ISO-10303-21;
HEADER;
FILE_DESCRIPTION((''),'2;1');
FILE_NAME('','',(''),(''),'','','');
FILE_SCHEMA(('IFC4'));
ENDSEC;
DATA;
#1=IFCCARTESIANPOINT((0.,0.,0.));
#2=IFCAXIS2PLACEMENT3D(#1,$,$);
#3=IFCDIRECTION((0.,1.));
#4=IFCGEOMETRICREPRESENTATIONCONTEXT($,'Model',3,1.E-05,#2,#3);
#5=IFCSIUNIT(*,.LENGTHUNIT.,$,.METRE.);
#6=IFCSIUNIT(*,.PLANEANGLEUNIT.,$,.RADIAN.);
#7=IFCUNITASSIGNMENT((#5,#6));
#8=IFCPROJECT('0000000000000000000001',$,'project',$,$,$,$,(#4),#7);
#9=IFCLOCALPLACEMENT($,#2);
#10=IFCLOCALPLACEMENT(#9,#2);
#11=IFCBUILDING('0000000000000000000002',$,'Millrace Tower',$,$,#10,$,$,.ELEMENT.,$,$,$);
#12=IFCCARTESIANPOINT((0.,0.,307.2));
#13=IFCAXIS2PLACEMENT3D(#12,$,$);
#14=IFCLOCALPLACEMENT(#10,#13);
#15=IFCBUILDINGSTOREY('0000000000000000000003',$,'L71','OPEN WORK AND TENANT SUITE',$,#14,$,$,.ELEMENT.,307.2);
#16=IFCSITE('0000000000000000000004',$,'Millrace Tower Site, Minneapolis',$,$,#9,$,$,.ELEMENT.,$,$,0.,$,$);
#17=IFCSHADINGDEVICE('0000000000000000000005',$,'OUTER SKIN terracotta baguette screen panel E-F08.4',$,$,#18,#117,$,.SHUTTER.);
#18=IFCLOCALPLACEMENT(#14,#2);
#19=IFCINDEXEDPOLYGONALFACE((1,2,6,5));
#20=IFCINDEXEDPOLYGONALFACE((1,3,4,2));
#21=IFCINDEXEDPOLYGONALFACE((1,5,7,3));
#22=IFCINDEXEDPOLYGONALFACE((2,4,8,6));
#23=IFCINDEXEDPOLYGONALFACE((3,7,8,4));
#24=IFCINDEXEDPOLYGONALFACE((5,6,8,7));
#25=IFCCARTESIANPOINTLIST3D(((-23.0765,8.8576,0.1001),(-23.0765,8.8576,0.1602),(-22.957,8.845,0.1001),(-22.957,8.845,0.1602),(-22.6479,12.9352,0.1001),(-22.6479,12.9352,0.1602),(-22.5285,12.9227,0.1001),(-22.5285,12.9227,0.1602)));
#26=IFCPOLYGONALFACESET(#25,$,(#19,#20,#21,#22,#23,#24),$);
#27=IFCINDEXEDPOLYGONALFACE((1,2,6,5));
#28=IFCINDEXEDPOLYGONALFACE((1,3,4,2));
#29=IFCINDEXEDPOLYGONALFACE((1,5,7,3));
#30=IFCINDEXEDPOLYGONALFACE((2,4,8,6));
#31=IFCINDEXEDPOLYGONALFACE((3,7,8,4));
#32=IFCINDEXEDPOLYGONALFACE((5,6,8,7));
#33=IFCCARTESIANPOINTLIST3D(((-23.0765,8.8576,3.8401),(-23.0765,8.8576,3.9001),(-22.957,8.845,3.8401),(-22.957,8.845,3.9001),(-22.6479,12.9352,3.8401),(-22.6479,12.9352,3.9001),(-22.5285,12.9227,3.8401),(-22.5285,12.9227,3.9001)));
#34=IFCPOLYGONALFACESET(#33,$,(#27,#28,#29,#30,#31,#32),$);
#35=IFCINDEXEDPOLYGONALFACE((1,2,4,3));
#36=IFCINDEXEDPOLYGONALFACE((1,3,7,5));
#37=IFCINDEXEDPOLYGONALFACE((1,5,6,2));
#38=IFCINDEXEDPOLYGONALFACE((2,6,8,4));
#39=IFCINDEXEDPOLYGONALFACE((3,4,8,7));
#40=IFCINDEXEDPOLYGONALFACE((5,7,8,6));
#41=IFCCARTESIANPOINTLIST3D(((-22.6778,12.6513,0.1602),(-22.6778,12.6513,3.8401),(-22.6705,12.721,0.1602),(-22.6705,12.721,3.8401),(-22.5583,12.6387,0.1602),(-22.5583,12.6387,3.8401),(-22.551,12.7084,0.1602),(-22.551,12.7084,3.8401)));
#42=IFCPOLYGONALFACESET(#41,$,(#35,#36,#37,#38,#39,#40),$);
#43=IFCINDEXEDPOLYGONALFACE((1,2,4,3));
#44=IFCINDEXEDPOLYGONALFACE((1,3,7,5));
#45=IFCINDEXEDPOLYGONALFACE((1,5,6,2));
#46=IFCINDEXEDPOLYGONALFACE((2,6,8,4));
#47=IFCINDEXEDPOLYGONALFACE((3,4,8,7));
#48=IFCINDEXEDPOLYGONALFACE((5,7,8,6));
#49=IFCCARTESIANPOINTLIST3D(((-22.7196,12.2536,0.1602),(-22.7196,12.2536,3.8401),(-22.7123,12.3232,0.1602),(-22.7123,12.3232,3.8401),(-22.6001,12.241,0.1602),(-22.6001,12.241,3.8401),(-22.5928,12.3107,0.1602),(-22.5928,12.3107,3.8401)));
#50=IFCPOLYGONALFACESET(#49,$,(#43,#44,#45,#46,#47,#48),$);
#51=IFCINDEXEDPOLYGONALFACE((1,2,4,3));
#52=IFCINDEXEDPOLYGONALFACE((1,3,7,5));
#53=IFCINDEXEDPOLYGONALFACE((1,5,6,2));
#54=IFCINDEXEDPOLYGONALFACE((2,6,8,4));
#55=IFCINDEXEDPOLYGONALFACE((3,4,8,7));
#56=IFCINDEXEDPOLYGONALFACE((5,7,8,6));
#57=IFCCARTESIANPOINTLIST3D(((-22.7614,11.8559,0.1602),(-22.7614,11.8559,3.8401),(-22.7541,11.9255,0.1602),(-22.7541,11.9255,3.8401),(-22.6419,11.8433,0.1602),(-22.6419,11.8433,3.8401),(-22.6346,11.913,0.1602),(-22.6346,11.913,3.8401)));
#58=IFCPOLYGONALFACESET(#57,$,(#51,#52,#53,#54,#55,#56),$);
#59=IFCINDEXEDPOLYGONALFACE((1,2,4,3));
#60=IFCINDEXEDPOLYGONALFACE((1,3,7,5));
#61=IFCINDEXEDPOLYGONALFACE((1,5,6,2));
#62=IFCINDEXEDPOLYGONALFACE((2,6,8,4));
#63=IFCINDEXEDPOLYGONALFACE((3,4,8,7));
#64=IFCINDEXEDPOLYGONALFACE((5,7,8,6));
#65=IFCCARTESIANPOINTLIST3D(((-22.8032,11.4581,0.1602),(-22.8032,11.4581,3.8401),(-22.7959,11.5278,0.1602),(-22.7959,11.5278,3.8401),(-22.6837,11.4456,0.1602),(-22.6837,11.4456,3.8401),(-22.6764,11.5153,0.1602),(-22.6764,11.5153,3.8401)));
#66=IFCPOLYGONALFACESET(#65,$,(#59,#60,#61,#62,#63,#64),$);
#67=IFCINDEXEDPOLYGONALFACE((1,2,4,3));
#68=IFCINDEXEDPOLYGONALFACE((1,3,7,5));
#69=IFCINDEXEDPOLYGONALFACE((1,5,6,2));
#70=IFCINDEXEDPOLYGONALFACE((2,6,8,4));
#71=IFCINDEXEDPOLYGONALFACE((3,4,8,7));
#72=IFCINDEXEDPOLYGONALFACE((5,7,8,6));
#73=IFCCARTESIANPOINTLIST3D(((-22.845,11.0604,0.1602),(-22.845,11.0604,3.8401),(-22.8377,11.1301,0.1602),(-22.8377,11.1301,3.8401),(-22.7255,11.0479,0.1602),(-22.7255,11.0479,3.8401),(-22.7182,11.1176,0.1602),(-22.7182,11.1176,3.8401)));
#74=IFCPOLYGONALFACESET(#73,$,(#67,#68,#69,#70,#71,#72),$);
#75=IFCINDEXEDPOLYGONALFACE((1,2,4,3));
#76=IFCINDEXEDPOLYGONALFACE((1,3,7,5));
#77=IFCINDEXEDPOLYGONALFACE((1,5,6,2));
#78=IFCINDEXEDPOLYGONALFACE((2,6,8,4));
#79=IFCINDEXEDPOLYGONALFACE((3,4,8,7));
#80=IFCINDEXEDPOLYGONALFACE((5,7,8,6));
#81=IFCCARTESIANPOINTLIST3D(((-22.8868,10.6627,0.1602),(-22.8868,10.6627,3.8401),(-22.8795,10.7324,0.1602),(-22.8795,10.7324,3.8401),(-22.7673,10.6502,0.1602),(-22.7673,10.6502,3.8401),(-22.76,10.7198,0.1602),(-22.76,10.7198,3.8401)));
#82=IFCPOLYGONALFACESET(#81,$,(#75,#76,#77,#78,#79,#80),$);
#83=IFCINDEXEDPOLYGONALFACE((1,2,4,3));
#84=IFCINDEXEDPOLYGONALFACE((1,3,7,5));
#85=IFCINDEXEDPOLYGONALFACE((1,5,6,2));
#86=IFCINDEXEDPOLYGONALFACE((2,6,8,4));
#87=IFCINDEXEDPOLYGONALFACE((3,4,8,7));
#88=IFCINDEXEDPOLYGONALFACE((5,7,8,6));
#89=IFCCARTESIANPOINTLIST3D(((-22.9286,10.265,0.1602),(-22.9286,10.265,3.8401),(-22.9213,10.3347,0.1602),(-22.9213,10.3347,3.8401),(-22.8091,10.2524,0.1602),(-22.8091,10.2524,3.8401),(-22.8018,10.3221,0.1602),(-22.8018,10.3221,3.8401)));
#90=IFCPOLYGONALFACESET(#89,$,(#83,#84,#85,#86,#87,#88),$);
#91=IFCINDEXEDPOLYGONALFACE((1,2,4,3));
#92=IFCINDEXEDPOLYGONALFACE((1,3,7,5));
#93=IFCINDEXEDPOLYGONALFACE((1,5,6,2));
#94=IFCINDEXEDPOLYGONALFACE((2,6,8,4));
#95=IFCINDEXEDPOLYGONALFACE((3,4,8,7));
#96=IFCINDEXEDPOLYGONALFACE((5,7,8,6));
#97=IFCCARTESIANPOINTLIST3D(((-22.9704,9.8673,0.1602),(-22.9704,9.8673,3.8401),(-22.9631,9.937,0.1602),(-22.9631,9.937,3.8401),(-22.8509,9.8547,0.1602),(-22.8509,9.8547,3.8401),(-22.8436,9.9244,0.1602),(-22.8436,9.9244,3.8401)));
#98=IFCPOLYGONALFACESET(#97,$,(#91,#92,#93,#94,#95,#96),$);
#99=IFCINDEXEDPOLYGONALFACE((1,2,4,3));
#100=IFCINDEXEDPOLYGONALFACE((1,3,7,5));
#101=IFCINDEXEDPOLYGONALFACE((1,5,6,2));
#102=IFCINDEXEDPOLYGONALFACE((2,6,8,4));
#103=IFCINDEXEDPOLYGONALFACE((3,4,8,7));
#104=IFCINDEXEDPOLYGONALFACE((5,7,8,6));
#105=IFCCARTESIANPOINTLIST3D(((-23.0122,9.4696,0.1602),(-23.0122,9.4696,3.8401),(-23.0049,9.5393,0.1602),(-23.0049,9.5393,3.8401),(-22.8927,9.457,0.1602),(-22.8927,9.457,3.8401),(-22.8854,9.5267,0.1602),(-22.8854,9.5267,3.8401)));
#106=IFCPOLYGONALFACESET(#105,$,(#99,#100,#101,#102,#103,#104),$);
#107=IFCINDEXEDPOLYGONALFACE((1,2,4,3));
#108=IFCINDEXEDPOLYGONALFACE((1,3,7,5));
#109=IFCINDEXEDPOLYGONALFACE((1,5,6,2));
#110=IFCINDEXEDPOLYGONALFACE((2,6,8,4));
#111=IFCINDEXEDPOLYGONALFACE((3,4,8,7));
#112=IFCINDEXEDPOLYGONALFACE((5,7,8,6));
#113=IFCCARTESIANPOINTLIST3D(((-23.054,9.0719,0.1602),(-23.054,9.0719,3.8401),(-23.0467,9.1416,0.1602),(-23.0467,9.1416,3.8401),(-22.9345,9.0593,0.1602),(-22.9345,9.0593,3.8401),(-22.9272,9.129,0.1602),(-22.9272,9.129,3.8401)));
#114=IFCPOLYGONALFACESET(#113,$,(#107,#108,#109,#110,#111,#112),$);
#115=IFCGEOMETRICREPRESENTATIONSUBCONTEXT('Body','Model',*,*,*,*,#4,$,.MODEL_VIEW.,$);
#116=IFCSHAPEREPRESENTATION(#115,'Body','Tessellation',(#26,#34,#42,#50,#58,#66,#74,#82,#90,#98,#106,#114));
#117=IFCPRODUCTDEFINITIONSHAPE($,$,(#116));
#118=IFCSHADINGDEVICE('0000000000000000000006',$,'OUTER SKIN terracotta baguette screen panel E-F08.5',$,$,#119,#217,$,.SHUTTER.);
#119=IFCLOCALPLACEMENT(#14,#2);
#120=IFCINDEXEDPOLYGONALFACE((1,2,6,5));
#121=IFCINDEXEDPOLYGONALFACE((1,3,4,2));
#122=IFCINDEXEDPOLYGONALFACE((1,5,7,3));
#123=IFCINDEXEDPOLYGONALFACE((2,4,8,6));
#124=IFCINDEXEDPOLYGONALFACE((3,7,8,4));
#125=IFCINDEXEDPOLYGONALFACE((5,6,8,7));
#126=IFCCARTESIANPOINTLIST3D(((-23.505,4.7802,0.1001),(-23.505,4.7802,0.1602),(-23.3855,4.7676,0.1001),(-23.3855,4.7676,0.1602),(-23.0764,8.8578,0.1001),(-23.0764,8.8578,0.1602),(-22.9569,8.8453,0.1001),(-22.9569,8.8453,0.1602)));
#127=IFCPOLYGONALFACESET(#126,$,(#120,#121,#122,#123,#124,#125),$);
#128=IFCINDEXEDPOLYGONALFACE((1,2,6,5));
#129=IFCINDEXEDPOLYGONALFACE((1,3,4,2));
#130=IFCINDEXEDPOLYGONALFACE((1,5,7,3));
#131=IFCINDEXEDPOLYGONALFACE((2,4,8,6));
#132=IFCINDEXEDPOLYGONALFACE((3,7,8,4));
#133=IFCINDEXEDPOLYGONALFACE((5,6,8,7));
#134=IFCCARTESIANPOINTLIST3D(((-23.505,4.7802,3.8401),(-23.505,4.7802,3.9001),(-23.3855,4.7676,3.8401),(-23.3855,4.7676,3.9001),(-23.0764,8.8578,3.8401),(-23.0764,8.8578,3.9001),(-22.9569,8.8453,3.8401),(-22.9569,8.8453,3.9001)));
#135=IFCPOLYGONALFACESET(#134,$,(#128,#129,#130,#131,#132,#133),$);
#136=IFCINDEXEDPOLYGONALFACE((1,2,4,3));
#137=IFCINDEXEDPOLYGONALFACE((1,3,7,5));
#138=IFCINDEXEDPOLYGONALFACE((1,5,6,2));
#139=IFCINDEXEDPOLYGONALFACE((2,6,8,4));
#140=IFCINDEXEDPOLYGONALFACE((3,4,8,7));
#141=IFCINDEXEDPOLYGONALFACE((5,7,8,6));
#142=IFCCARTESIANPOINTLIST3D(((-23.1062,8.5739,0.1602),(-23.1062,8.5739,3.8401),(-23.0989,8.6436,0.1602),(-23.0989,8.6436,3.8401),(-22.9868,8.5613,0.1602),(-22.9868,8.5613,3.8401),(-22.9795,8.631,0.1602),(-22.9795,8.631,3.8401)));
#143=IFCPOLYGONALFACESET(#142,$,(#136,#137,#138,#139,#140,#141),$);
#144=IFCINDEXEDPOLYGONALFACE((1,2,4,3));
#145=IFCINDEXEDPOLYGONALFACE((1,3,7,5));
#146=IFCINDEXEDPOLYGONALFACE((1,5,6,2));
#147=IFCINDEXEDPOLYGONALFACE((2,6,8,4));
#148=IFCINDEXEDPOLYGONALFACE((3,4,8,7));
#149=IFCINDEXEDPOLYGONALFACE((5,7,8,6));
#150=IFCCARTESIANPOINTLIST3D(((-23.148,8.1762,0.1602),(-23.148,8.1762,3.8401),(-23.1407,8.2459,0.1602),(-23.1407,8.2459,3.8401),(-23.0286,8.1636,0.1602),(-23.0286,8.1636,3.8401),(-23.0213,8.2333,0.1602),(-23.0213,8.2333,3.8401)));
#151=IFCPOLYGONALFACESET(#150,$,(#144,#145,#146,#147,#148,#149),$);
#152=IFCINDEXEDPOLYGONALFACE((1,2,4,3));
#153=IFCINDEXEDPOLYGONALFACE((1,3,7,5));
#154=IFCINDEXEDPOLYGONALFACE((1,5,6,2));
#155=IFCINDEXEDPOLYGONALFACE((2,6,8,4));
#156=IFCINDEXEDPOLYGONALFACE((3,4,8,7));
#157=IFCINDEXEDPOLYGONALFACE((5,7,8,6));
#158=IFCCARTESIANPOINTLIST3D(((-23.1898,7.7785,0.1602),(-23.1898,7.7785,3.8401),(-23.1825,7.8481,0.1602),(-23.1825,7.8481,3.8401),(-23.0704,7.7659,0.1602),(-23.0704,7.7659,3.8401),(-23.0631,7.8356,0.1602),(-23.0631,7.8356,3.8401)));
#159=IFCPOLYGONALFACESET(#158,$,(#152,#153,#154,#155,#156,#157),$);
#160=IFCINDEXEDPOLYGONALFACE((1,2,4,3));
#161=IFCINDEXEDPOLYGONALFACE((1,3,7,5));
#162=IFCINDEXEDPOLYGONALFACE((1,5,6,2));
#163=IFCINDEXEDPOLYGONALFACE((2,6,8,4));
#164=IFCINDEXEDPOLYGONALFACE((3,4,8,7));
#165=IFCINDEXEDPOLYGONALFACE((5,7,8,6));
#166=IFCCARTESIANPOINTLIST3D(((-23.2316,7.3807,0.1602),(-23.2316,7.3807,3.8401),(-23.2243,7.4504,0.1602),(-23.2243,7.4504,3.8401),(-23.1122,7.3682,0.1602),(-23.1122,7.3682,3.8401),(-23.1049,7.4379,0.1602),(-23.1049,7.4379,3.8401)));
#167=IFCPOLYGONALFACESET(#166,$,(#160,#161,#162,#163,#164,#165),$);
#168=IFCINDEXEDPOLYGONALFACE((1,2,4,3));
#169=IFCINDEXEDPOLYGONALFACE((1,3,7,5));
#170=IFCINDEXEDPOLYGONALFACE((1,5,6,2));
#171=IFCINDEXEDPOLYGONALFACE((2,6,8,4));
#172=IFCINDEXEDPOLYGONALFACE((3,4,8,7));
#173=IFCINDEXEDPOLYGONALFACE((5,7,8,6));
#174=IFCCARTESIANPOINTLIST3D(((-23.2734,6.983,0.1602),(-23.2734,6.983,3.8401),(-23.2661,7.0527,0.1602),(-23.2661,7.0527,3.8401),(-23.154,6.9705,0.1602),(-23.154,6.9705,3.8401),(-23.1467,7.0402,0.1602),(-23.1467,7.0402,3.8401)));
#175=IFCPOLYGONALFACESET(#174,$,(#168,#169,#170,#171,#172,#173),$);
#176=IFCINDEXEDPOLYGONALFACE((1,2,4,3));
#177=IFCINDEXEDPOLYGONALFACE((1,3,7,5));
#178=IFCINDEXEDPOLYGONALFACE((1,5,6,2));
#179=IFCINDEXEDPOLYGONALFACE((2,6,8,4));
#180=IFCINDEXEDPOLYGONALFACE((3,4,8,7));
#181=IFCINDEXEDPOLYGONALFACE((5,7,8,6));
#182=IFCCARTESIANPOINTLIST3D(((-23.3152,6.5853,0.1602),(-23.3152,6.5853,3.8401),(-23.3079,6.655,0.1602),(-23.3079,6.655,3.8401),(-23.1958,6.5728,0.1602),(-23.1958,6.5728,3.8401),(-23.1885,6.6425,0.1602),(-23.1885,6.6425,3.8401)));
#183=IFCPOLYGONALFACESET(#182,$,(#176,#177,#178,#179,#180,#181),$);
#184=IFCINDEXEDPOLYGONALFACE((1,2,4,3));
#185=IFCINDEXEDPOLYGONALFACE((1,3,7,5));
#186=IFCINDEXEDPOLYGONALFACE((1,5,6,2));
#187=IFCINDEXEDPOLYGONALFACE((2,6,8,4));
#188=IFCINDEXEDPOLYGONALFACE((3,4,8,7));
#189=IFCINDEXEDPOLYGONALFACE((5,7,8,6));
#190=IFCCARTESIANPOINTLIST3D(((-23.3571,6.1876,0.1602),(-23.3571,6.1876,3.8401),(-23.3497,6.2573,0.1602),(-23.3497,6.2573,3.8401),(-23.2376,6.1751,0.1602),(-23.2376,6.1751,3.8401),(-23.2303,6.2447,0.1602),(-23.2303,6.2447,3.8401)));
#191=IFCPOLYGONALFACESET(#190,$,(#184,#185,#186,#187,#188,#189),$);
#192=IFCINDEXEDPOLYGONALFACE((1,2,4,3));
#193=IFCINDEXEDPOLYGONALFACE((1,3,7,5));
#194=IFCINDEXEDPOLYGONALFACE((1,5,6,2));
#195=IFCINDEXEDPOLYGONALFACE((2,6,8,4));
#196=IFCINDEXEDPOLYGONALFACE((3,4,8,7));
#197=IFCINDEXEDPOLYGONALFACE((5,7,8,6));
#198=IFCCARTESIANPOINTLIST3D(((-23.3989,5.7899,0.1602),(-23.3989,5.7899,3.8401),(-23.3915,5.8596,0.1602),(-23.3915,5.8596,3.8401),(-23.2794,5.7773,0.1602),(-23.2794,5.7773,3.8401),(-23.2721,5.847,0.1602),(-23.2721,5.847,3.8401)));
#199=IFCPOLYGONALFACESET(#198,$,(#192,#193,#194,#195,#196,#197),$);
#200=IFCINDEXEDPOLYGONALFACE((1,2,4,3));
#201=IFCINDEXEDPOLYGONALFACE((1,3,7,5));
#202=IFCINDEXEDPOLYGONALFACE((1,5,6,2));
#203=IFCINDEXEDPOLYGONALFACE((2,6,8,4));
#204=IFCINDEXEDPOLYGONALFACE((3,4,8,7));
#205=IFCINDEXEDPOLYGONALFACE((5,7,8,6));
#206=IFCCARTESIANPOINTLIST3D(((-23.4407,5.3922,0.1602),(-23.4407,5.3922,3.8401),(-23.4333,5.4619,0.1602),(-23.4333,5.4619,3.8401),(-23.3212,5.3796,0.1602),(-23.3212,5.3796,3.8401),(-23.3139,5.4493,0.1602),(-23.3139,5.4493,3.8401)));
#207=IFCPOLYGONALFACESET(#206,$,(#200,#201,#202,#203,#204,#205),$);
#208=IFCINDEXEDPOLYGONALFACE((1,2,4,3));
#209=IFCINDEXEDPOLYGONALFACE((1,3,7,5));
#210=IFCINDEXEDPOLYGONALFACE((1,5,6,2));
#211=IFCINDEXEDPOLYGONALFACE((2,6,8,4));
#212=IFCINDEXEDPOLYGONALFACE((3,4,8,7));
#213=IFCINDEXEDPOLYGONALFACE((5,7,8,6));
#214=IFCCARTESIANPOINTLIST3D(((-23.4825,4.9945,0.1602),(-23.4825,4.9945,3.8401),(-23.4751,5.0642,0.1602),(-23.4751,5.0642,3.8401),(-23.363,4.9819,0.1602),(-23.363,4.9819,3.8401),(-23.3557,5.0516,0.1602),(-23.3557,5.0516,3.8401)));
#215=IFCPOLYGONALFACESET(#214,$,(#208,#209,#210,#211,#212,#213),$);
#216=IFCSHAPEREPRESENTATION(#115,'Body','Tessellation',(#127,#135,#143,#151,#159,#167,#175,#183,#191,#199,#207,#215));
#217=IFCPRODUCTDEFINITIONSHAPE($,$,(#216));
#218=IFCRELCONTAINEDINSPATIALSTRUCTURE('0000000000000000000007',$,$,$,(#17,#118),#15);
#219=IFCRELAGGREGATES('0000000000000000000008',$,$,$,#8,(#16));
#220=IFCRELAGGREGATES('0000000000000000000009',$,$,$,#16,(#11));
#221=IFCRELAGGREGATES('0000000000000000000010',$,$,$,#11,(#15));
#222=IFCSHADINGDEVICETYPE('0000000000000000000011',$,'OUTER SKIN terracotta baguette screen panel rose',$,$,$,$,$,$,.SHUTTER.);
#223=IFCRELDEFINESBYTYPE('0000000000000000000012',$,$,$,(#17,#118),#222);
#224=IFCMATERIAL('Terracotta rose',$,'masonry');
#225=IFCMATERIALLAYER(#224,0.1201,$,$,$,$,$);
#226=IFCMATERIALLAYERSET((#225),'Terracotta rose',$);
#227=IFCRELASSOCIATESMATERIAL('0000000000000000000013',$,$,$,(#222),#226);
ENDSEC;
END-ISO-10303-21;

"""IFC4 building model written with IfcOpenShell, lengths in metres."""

from ifc_helpers import new_model, entity, si_unit, direction, frame, frame_2d, origin, place, context, subcontext, project, spatial, rectangle, extrude, source, transform, mapped, material, layer, layer_set, type_object, element, save


model = new_model("IFC4")

# Units and contexts
model_context = context("Model", 3, precision=1e-05, world=origin(), true_north=direction((0.0, 1.0)))
body_context = subcontext(model_context, "Body", "Model", "MODEL_VIEW")
ifc_project = project(units=[si_unit("LENGTHUNIT", "METRE"), si_unit("PLANEANGLEUNIT", "RADIAN")], contexts=[model_context])

# Site, building, storey
site_placement = place(None, origin())
site = spatial("IfcSite", under=ifc_project, at=site_placement, Name="Millrace Tower Site, Minneapolis", CompositionType="ELEMENT", RefElevation=0.0)
building_placement = place(site_placement, origin())
building = spatial("IfcBuilding", under=site, at=building_placement, Name="Millrace Tower", CompositionType="ELEMENT")
storey_placement = place(building_placement, frame((0.0, 0.0, 307.2)))
storey = spatial("IfcBuildingStorey", under=building, at=storey_placement, Name="L71", Description="OPEN WORK AND TENANT SUITE", CompositionType="ELEMENT", Elevation=307.2)

# Shading devices
ifc_material_1 = material(Name="Terracotta rose", Category="masonry")
ifc_layer_1 = layer(ifc_material_1, 0.1201)
ifc_layer_set_1 = layer_set([ifc_layer_1], Name="Terracotta rose")
shading_device_type = type_object("IfcShadingDeviceType", Name="OUTER SKIN terracotta baguette screen panel rose", PredefinedType="SHUTTER", material=ifc_layer_set_1)
cartesian_point = entity("IfcCartesianPoint", [-2.05, 0.0601])
shared_polyline = entity("IfcPolyline", [cartesian_point, entity("IfcCartesianPoint", [2.05, 0.0601]), entity("IfcCartesianPoint", [2.05, -0.0601]), entity("IfcCartesianPoint", [-2.05, -0.0601]), cartesian_point])
shared_shape = source(origin(), body_context, "Body", "SweptSolid", [
    entity("IfcExtrudedAreaSolid", entity("IfcArbitraryClosedProfileDef", "AREA", None, shared_polyline), entity("IfcAxis2Placement3D", entity("IfcCartesianPoint", [0.0, 0.0, 0.0])), entity("IfcDirection", [0.0, 0.0, 1.0]), 0.0601),
    entity("IfcExtrudedAreaSolid", entity("IfcArbitraryClosedProfileDef", "AREA", None, shared_polyline), entity("IfcAxis2Placement3D", entity("IfcCartesianPoint", [0.0, 0.0, 3.74])), entity("IfcDirection", [0.0, 0.0, 1.0]), 0.0601),
    extrude(rectangle(XDim=0.0701, YDim=0.1201, at=frame_2d((-1.7996, 0.0))), frame((0.0, 0.0, 0.0601)), (0.0, 0.0, 1.0), 3.6799),
    extrude(rectangle(XDim=0.0701, YDim=0.1201, at=frame_2d((-1.3997, 0.0))), frame((0.0, 0.0, 0.0601)), (0.0, 0.0, 1.0), 3.6799),
    extrude(rectangle(XDim=0.0701, YDim=0.1201, at=frame_2d((-0.9998, 0.0))), frame((0.0, 0.0, 0.0601)), (0.0, 0.0, 1.0), 3.6799),
    extrude(rectangle(XDim=0.0701, YDim=0.1201, at=frame_2d((-0.5999, 0.0))), frame((0.0, 0.0, 0.0601)), (0.0, 0.0, 1.0), 3.6799),
    extrude(rectangle(XDim=0.0701, YDim=0.1201, at=frame_2d((-0.2, 0.0))), frame((0.0, 0.0, 0.0601)), (0.0, 0.0, 1.0), 3.6799),
    extrude(rectangle(XDim=0.0701, YDim=0.1201, at=frame_2d((0.2, 0.0))), frame((0.0, 0.0, 0.0601)), (0.0, 0.0, 1.0), 3.6799),
    extrude(rectangle(XDim=0.0701, YDim=0.1201, at=frame_2d((0.5999, 0.0))), frame((0.0, 0.0, 0.0601)), (0.0, 0.0, 1.0), 3.6799),
    extrude(rectangle(XDim=0.0701, YDim=0.1201, at=frame_2d((0.9998, 0.0))), frame((0.0, 0.0, 0.0601)), (0.0, 0.0, 1.0), 3.6799),
    extrude(rectangle(XDim=0.0701, YDim=0.1201, at=frame_2d((1.3997, 0.0))), frame((0.0, 0.0, 0.0601)), (0.0, 0.0, 1.0), 3.6799),
    extrude(rectangle(XDim=0.0701, YDim=0.1201, at=frame_2d((1.7996, 0.0))), frame((0.0, 0.0, 0.0601)), (0.0, 0.0, 1.0), 3.6799),
])
for number, where, z_axis, x_axis, name in (
    (1, (-22.8025, 10.8901, 0.1001), (0.0, 0.0, 1.0), (-0.104528, -0.994522, 0.0), "OUTER SKIN terracotta baguette screen panel E-F08.4"),
    (2, (-23.231, 6.8127, 0.1001), (0.0, 0.0, 1.0), (-0.104528, -0.994522, 0.0), "OUTER SKIN terracotta baguette screen panel E-F08.5"),
):
    element("IfcShadingDevice", number, at=place(storey_placement, frame(where, z_axis=z_axis, x_axis=x_axis)), inside=storey, type_object=shading_device_type, Name=name, PredefinedType="SHUTTER", context=body_context, shape_type="MappedRepresentation", body=[
        mapped(shared_shape, transform((0.0, 0.0, 0.0), scale=1.0)),
    ])

save(model, "model.ifc")
